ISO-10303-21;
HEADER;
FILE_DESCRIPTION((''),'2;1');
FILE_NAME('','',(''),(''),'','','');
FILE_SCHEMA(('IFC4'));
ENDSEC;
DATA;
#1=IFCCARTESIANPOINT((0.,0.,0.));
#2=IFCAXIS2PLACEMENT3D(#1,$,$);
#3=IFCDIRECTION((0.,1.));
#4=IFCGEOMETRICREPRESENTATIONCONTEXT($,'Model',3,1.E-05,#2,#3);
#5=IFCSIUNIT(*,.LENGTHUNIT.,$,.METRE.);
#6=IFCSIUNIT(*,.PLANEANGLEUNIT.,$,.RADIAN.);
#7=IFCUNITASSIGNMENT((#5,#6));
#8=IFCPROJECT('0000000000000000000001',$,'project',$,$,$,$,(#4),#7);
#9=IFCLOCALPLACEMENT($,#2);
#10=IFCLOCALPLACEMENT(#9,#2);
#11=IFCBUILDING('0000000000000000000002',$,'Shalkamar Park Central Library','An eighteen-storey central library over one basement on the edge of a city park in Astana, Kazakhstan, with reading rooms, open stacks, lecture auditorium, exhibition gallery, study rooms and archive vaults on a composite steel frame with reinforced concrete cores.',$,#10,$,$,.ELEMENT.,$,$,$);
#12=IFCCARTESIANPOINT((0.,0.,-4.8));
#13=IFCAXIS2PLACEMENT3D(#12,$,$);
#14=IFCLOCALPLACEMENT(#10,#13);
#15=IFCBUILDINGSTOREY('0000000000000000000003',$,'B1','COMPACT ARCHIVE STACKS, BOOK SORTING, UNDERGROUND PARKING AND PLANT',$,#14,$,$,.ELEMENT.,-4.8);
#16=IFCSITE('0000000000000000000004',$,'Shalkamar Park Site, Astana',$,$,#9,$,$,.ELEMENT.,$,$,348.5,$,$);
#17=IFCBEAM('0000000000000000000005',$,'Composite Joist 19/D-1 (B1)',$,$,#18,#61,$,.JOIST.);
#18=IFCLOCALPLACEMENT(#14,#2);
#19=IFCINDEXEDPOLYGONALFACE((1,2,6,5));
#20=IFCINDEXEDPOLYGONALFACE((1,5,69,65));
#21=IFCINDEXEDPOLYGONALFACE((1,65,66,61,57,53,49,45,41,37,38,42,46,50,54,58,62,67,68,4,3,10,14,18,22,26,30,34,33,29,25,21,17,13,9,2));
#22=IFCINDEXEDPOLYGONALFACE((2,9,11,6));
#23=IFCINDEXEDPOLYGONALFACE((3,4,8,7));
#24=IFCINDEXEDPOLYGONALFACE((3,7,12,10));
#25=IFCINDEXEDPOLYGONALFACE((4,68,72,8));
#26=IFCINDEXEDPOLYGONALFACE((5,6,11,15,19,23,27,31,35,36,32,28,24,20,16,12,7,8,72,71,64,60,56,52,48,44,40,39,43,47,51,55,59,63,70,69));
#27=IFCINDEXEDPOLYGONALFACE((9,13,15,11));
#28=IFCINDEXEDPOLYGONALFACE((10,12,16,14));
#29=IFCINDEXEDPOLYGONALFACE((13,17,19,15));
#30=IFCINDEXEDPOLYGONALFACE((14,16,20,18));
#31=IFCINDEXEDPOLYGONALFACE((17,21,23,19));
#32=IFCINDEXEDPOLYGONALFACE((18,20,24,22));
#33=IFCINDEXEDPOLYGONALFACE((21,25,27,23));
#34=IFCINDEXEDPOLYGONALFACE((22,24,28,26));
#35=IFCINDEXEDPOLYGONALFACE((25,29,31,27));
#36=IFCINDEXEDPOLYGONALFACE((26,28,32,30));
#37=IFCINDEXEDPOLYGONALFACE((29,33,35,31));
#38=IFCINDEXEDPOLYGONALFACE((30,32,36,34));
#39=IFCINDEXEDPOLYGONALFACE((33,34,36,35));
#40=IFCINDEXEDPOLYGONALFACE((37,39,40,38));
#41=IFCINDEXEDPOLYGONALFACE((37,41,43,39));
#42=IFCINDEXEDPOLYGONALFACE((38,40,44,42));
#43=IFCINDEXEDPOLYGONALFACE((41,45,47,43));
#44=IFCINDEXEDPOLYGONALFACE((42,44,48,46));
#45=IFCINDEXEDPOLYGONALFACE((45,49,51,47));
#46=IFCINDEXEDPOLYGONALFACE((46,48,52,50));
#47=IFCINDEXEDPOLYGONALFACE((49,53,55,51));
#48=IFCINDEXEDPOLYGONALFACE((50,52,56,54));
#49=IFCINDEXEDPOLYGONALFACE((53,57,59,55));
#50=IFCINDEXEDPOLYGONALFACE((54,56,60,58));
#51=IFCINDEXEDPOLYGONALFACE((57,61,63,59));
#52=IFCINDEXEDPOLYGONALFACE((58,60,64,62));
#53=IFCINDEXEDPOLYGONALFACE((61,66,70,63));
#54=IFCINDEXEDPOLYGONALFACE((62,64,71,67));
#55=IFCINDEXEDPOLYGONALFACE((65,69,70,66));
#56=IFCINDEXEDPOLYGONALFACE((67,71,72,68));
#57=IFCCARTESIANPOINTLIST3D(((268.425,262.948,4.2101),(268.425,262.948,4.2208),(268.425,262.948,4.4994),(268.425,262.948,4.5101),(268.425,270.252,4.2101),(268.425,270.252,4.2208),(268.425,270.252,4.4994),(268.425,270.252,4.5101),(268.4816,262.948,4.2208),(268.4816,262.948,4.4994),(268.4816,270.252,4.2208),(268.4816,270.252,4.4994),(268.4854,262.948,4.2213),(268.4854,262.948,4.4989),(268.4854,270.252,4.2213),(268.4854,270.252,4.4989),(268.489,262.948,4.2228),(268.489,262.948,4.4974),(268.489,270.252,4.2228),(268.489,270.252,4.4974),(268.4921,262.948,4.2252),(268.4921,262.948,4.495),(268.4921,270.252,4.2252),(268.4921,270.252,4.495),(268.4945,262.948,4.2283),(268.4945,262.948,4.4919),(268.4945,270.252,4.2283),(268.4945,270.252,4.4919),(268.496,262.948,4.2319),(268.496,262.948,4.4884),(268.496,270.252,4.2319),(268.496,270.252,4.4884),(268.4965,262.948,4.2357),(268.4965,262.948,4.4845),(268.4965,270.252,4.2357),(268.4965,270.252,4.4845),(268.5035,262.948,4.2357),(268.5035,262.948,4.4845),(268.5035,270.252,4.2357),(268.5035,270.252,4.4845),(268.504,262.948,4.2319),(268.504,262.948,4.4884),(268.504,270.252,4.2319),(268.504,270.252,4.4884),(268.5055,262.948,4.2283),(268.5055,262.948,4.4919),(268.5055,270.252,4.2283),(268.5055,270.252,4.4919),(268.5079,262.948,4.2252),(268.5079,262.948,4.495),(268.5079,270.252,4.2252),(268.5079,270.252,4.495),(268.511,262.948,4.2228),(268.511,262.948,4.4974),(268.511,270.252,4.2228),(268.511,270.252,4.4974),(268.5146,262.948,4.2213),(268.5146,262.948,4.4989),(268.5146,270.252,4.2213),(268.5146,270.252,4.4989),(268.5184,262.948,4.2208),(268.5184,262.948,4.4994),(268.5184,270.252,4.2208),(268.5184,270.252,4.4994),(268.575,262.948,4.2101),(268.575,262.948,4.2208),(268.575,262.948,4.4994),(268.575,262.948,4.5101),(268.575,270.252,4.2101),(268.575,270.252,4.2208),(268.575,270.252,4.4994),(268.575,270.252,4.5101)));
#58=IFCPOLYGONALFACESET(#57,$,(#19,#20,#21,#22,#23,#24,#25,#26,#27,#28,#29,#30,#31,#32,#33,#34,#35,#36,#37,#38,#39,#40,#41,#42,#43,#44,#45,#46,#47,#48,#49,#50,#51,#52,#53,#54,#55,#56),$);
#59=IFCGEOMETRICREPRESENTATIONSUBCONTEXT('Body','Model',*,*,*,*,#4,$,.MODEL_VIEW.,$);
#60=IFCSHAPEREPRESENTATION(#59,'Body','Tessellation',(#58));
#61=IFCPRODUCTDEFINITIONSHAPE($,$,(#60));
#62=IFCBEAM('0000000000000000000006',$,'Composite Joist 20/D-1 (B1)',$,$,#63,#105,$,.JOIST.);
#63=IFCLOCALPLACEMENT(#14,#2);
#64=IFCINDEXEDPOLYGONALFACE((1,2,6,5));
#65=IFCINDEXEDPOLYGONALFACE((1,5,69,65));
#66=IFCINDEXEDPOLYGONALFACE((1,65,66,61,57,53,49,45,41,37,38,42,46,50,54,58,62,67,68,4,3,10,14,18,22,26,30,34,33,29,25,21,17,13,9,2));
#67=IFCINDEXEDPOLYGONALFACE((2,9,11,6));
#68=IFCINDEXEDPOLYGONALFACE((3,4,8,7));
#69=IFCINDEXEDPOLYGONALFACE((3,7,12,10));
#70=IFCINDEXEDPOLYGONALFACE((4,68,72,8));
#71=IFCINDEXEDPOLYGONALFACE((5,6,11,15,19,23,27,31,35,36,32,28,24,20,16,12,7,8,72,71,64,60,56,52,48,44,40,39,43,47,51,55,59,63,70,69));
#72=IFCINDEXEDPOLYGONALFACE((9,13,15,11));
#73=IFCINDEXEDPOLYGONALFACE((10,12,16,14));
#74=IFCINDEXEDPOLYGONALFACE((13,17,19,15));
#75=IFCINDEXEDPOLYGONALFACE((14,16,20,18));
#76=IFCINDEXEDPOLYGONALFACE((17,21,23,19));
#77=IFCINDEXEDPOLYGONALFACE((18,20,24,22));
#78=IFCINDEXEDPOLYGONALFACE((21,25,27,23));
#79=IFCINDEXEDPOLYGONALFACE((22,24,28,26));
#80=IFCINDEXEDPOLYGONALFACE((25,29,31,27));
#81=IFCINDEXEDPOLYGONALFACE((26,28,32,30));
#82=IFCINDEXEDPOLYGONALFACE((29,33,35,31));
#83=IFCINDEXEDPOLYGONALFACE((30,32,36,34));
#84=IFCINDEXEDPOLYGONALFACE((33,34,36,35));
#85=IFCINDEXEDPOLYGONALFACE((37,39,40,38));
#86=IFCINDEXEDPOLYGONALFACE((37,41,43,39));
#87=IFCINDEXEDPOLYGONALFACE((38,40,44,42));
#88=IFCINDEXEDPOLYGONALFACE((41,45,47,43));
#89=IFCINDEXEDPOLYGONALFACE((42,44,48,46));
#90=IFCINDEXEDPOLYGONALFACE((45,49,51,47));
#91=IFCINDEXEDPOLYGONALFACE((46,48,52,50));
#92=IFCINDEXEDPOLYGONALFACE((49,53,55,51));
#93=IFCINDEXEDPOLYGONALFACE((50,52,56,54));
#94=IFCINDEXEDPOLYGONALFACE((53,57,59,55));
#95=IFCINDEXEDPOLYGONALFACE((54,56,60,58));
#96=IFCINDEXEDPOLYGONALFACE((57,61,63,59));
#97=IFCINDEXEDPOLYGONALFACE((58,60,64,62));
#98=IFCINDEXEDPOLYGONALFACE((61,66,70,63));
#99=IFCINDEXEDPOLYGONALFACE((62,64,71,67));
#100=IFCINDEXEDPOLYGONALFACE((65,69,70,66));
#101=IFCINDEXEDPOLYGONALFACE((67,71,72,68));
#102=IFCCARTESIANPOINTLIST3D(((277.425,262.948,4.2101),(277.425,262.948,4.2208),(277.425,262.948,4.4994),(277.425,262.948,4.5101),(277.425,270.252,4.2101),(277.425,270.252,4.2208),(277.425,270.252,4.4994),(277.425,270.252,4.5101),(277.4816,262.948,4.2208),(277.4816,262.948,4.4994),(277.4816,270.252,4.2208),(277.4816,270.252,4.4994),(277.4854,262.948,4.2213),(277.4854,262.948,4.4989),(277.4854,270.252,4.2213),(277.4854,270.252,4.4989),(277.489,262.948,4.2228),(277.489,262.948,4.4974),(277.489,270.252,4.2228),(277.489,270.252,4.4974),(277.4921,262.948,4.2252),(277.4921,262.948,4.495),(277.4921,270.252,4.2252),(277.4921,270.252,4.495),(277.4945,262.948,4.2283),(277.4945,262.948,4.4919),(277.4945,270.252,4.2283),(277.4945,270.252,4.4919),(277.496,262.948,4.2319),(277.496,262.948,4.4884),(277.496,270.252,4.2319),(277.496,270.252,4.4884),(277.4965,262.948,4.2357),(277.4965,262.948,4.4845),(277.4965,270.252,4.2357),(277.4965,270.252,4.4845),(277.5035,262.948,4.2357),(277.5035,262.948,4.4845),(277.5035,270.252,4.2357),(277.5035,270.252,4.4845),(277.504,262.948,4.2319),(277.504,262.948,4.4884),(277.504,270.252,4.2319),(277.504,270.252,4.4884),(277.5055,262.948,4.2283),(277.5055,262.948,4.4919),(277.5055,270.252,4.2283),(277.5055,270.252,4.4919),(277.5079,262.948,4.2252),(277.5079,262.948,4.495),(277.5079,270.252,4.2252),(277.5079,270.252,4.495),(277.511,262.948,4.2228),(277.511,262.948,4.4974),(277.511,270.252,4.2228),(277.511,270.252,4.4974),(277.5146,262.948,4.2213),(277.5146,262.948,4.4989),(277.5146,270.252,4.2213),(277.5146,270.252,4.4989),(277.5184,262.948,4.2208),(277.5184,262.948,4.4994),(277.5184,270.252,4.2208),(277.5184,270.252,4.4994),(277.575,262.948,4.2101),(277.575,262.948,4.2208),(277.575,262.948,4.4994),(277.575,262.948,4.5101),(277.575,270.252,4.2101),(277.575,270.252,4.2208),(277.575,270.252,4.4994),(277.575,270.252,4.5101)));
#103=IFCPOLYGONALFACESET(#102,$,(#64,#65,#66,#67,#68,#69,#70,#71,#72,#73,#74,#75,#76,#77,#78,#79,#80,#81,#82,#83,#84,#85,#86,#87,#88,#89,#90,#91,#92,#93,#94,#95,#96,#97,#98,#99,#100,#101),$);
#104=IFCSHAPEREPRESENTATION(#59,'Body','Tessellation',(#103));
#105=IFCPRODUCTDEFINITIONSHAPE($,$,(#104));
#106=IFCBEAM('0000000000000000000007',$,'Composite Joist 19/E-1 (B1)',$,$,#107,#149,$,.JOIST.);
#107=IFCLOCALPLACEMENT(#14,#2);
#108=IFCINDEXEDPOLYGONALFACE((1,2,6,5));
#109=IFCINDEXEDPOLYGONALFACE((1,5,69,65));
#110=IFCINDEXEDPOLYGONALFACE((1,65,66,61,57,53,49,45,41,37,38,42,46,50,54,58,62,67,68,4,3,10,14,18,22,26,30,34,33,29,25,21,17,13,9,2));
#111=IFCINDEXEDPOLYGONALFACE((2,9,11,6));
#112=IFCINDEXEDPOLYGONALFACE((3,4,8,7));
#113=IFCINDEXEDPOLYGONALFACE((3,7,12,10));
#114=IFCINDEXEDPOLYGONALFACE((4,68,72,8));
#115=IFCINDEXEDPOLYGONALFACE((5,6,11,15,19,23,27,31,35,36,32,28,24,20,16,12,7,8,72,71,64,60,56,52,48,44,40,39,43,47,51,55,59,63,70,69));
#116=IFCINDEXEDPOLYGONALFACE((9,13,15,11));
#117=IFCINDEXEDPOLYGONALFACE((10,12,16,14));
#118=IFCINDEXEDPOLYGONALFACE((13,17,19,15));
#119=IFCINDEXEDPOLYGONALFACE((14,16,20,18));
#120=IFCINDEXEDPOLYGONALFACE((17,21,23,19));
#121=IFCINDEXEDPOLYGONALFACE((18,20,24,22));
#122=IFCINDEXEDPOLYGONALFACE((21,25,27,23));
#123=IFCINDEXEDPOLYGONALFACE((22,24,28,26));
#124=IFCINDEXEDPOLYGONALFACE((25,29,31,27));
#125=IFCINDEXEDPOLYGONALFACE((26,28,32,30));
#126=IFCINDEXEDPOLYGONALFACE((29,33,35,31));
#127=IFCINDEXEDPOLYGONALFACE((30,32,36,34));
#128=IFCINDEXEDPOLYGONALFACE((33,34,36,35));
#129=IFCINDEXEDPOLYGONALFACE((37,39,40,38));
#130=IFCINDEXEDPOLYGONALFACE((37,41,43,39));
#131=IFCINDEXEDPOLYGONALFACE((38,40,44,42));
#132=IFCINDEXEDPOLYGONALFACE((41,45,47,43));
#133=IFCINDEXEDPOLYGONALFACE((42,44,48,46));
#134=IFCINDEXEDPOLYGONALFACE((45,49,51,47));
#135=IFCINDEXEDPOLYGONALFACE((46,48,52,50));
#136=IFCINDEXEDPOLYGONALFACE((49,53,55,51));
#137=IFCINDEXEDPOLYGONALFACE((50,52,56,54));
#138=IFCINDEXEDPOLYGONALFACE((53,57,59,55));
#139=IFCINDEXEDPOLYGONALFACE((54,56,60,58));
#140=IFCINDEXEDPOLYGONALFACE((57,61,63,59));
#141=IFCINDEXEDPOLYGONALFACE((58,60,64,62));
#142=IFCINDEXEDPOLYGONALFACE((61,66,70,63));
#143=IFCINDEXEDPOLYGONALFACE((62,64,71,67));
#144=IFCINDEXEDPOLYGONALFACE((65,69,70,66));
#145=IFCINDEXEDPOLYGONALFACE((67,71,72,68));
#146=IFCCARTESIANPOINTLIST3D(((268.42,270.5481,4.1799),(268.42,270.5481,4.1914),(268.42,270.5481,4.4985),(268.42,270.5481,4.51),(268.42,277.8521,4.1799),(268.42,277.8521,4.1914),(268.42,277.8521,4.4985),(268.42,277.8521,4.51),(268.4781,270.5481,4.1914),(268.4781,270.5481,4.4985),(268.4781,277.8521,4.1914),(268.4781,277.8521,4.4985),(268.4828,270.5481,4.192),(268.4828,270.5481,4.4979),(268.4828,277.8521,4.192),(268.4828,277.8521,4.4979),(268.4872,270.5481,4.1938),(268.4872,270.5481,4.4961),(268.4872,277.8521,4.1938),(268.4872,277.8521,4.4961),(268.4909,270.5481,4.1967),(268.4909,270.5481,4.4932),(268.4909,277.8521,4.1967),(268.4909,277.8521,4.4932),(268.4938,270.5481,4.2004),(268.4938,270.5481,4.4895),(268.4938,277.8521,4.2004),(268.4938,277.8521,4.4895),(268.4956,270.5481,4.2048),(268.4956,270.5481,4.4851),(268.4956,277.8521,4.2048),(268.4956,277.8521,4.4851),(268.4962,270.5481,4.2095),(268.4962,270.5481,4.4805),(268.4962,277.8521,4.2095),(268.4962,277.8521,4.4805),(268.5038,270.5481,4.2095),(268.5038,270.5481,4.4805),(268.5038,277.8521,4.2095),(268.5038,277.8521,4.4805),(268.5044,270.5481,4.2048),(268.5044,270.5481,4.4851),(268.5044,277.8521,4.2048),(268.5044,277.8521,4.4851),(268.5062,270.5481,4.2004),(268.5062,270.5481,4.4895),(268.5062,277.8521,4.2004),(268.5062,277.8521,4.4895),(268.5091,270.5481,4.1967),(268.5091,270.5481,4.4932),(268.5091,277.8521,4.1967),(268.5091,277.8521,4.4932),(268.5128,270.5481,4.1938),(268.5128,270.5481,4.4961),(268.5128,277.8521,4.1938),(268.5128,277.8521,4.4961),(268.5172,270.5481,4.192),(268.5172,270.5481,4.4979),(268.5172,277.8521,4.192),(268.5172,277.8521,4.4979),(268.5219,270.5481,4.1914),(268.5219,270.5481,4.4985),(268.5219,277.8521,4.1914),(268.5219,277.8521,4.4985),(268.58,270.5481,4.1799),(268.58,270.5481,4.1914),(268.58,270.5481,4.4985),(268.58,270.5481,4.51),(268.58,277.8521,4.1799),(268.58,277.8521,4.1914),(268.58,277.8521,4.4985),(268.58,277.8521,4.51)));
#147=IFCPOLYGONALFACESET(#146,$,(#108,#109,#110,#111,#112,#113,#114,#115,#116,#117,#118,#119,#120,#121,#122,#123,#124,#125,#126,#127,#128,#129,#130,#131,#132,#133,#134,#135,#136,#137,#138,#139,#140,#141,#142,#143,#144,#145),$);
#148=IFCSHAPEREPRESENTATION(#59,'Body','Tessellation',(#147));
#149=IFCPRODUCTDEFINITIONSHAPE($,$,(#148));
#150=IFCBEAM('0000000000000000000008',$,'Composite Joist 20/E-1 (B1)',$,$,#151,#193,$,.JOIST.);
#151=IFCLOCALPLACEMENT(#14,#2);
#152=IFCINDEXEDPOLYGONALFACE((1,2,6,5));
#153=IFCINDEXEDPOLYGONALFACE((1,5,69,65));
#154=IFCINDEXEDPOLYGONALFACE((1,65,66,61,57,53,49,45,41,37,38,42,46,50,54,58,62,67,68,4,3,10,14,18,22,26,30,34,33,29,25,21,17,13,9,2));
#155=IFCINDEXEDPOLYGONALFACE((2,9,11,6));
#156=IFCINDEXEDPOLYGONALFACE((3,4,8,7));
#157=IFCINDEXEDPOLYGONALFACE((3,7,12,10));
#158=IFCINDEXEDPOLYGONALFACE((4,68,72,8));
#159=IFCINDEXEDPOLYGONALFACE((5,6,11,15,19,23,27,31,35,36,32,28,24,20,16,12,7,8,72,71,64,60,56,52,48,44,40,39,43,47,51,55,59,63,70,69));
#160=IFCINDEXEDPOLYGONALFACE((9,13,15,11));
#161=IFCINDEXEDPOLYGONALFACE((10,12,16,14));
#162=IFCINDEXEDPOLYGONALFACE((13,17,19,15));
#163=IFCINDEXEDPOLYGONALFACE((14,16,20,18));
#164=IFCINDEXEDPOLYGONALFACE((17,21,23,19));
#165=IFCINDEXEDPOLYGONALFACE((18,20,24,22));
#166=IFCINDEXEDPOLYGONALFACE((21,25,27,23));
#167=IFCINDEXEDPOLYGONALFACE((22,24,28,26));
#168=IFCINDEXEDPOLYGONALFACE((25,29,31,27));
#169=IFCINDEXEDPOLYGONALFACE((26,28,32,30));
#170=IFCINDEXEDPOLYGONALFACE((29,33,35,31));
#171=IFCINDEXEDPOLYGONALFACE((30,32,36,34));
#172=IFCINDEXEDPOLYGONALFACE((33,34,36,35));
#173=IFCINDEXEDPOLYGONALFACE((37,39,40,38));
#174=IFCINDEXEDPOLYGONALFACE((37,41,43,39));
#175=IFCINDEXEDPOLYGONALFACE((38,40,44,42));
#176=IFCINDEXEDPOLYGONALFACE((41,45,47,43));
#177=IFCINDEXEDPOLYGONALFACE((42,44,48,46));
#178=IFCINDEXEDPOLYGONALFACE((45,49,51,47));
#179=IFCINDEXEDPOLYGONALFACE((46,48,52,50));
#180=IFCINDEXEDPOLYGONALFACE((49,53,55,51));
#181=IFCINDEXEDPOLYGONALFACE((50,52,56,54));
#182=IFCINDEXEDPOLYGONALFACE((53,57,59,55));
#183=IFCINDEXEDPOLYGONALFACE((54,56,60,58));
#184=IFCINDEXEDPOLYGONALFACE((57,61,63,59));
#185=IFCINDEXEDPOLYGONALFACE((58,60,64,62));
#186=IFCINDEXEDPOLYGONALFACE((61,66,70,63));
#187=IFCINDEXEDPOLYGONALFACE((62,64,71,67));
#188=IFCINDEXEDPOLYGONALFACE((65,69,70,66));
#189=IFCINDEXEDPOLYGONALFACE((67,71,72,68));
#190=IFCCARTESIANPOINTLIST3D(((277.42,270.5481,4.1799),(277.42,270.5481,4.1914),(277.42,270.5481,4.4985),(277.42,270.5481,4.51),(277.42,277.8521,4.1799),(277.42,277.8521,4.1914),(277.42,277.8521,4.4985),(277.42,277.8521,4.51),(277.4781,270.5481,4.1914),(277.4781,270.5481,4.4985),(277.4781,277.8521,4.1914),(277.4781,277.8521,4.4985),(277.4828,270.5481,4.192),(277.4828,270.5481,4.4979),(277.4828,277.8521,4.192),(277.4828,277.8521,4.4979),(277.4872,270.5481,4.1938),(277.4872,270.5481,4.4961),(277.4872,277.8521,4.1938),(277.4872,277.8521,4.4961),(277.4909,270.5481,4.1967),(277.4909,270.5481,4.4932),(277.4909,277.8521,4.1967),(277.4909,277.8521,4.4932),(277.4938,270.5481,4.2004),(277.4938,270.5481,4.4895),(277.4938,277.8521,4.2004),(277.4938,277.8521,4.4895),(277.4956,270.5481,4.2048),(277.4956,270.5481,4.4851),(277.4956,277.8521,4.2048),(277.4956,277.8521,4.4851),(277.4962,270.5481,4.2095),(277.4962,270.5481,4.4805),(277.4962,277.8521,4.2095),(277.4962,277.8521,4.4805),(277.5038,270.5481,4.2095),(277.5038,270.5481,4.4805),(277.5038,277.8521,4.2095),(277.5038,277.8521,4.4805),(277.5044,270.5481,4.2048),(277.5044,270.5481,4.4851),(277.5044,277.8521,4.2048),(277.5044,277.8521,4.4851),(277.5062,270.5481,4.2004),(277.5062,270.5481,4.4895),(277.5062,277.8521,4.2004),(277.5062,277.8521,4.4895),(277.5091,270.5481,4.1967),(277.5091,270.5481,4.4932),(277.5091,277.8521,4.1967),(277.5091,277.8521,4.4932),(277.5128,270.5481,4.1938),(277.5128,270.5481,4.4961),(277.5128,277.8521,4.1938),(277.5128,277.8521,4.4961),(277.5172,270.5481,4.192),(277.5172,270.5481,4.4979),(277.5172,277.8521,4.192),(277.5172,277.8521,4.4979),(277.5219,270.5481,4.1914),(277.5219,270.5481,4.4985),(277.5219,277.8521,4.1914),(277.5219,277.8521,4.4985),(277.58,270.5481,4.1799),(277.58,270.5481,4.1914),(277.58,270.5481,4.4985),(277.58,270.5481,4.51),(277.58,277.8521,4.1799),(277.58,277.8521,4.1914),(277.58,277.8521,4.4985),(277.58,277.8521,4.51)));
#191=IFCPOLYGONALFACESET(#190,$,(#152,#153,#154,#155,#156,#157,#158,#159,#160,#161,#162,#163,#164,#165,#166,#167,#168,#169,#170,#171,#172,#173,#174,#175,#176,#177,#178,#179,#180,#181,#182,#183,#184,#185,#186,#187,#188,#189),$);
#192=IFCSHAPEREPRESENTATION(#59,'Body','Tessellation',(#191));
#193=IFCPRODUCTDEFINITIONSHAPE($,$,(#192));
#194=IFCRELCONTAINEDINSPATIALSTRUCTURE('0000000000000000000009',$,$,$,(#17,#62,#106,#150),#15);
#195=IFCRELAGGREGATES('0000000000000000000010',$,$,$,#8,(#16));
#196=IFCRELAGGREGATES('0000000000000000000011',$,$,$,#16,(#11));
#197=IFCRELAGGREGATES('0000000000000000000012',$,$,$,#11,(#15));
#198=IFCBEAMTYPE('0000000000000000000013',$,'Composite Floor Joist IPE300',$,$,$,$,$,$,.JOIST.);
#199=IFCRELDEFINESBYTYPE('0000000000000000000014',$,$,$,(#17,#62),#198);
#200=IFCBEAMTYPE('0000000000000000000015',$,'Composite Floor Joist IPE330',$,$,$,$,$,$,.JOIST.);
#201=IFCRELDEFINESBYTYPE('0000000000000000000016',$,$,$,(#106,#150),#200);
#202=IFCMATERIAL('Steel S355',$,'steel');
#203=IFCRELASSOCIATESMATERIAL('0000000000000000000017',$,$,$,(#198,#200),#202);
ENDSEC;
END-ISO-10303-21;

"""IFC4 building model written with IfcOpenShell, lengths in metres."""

from ifc_helpers import new_model, si_unit, direction, frame, origin, origin_2d, place, context, subcontext, project, spatial, i_section, extrude, material, material_profile, profile_set, type_object, element, save


model = new_model("IFC4")

# Units and contexts
model_context = context("Model", 3, precision=1e-05, world=origin(), true_north=direction((0.0, 1.0)))
body_context = subcontext(model_context, "Body", "Model", "MODEL_VIEW")
ifc_project = project(units=[si_unit("LENGTHUNIT", "METRE"), si_unit("PLANEANGLEUNIT", "RADIAN")], contexts=[model_context])

# Site, building, storey
site_placement = place(None, origin())
site = spatial("IfcSite", under=ifc_project, at=site_placement, Name="Shalkamar Park Site, Astana", CompositionType="ELEMENT", RefElevation=348.5)
building_placement = place(site_placement, origin())
building = spatial("IfcBuilding", under=site, at=building_placement, Name="Shalkamar Park Central Library", Description="An eighteen-storey central library over one basement on the edge of a city park in Astana, Kazakhstan, with reading rooms, open stacks, lecture auditorium, exhibition gallery, study rooms and archive vaults on a composite steel frame with reinforced concrete cores.", CompositionType="ELEMENT")
storey_placement = place(building_placement, frame((0.0, 0.0, -4.8)))
storey = spatial("IfcBuildingStorey", under=building, at=storey_placement, Name="B1", Description="COMPACT ARCHIVE STACKS, BOOK SORTING, UNDERGROUND PARKING AND PLANT", CompositionType="ELEMENT", Elevation=-4.8)

# Shared definitions
ifc_material_1 = material(Name="Steel S355", Category="steel")

# Beams
ifc_material_profile_1 = material_profile(ifc_material_1, i_section(OverallWidth=0.1499, OverallDepth=0.3, WebThickness=0.0071, FlangeThickness=0.0107, FilletRadius=0.0149, at=origin_2d()), Name="IPE 300")
ifc_profile_set_1 = profile_set([ifc_material_profile_1], Name="Steel S355")
beam_type_1 = type_object("IfcBeamType", Name="Composite Floor Joist IPE300", PredefinedType="JOIST", material=ifc_profile_set_1)
for number, where, z_axis, x_axis, name in (
    (1, (268.5, 262.948, 4.3601), (0.0, 1.0, 0.0), (-1.0, 0.0, 0.0), "Composite Joist 19/D-1 (B1)"),
    (2, (277.5, 262.948, 4.3601), (0.0, 1.0, 0.0), (-1.0, 0.0, 0.0), "Composite Joist 20/D-1 (B1)"),
):
    element("IfcBeam", number, at=place(storey_placement, frame(where, z_axis=z_axis, x_axis=x_axis)), inside=storey, type_object=beam_type_1, Name=name, PredefinedType="JOIST", context=body_context, shape_type="SweptSolid", body=[
        extrude(i_section(OverallWidth=0.1499, OverallDepth=0.3, WebThickness=0.0071, FlangeThickness=0.0107, FilletRadius=0.0149, at=origin_2d()), origin(), (0.0, 0.0, 1.0), 7.304),
    ])
ifc_material_profile_2 = material_profile(ifc_material_1, i_section(OverallWidth=0.1599, OverallDepth=0.3301, WebThickness=0.0076, FlangeThickness=0.0115, FilletRadius=0.0181, at=origin_2d()), Name="IPE 330")
ifc_profile_set_2 = profile_set([ifc_material_profile_2], Name="Steel S355")
beam_type_2 = type_object("IfcBeamType", Name="Composite Floor Joist IPE330", PredefinedType="JOIST", material=ifc_profile_set_2)
for number, where, z_axis, x_axis, name in (
    (3, (268.5, 270.5481, 4.345), (0.0, 1.0, 0.0), (-1.0, 0.0, 0.0), "Composite Joist 19/E-1 (B1)"),
    (4, (277.5, 270.5481, 4.345), (0.0, 1.0, 0.0), (-1.0, 0.0, 0.0), "Composite Joist 20/E-1 (B1)"),
):
    element("IfcBeam", number, at=place(storey_placement, frame(where, z_axis=z_axis, x_axis=x_axis)), inside=storey, type_object=beam_type_2, Name=name, PredefinedType="JOIST", context=body_context, shape_type="SweptSolid", body=[
        extrude(i_section(OverallWidth=0.1599, OverallDepth=0.3301, WebThickness=0.0076, FlangeThickness=0.0115, FilletRadius=0.0181, at=origin_2d()), origin(), (0.0, 0.0, 1.0), 7.304),
    ])

save(model, "model.ifc")
